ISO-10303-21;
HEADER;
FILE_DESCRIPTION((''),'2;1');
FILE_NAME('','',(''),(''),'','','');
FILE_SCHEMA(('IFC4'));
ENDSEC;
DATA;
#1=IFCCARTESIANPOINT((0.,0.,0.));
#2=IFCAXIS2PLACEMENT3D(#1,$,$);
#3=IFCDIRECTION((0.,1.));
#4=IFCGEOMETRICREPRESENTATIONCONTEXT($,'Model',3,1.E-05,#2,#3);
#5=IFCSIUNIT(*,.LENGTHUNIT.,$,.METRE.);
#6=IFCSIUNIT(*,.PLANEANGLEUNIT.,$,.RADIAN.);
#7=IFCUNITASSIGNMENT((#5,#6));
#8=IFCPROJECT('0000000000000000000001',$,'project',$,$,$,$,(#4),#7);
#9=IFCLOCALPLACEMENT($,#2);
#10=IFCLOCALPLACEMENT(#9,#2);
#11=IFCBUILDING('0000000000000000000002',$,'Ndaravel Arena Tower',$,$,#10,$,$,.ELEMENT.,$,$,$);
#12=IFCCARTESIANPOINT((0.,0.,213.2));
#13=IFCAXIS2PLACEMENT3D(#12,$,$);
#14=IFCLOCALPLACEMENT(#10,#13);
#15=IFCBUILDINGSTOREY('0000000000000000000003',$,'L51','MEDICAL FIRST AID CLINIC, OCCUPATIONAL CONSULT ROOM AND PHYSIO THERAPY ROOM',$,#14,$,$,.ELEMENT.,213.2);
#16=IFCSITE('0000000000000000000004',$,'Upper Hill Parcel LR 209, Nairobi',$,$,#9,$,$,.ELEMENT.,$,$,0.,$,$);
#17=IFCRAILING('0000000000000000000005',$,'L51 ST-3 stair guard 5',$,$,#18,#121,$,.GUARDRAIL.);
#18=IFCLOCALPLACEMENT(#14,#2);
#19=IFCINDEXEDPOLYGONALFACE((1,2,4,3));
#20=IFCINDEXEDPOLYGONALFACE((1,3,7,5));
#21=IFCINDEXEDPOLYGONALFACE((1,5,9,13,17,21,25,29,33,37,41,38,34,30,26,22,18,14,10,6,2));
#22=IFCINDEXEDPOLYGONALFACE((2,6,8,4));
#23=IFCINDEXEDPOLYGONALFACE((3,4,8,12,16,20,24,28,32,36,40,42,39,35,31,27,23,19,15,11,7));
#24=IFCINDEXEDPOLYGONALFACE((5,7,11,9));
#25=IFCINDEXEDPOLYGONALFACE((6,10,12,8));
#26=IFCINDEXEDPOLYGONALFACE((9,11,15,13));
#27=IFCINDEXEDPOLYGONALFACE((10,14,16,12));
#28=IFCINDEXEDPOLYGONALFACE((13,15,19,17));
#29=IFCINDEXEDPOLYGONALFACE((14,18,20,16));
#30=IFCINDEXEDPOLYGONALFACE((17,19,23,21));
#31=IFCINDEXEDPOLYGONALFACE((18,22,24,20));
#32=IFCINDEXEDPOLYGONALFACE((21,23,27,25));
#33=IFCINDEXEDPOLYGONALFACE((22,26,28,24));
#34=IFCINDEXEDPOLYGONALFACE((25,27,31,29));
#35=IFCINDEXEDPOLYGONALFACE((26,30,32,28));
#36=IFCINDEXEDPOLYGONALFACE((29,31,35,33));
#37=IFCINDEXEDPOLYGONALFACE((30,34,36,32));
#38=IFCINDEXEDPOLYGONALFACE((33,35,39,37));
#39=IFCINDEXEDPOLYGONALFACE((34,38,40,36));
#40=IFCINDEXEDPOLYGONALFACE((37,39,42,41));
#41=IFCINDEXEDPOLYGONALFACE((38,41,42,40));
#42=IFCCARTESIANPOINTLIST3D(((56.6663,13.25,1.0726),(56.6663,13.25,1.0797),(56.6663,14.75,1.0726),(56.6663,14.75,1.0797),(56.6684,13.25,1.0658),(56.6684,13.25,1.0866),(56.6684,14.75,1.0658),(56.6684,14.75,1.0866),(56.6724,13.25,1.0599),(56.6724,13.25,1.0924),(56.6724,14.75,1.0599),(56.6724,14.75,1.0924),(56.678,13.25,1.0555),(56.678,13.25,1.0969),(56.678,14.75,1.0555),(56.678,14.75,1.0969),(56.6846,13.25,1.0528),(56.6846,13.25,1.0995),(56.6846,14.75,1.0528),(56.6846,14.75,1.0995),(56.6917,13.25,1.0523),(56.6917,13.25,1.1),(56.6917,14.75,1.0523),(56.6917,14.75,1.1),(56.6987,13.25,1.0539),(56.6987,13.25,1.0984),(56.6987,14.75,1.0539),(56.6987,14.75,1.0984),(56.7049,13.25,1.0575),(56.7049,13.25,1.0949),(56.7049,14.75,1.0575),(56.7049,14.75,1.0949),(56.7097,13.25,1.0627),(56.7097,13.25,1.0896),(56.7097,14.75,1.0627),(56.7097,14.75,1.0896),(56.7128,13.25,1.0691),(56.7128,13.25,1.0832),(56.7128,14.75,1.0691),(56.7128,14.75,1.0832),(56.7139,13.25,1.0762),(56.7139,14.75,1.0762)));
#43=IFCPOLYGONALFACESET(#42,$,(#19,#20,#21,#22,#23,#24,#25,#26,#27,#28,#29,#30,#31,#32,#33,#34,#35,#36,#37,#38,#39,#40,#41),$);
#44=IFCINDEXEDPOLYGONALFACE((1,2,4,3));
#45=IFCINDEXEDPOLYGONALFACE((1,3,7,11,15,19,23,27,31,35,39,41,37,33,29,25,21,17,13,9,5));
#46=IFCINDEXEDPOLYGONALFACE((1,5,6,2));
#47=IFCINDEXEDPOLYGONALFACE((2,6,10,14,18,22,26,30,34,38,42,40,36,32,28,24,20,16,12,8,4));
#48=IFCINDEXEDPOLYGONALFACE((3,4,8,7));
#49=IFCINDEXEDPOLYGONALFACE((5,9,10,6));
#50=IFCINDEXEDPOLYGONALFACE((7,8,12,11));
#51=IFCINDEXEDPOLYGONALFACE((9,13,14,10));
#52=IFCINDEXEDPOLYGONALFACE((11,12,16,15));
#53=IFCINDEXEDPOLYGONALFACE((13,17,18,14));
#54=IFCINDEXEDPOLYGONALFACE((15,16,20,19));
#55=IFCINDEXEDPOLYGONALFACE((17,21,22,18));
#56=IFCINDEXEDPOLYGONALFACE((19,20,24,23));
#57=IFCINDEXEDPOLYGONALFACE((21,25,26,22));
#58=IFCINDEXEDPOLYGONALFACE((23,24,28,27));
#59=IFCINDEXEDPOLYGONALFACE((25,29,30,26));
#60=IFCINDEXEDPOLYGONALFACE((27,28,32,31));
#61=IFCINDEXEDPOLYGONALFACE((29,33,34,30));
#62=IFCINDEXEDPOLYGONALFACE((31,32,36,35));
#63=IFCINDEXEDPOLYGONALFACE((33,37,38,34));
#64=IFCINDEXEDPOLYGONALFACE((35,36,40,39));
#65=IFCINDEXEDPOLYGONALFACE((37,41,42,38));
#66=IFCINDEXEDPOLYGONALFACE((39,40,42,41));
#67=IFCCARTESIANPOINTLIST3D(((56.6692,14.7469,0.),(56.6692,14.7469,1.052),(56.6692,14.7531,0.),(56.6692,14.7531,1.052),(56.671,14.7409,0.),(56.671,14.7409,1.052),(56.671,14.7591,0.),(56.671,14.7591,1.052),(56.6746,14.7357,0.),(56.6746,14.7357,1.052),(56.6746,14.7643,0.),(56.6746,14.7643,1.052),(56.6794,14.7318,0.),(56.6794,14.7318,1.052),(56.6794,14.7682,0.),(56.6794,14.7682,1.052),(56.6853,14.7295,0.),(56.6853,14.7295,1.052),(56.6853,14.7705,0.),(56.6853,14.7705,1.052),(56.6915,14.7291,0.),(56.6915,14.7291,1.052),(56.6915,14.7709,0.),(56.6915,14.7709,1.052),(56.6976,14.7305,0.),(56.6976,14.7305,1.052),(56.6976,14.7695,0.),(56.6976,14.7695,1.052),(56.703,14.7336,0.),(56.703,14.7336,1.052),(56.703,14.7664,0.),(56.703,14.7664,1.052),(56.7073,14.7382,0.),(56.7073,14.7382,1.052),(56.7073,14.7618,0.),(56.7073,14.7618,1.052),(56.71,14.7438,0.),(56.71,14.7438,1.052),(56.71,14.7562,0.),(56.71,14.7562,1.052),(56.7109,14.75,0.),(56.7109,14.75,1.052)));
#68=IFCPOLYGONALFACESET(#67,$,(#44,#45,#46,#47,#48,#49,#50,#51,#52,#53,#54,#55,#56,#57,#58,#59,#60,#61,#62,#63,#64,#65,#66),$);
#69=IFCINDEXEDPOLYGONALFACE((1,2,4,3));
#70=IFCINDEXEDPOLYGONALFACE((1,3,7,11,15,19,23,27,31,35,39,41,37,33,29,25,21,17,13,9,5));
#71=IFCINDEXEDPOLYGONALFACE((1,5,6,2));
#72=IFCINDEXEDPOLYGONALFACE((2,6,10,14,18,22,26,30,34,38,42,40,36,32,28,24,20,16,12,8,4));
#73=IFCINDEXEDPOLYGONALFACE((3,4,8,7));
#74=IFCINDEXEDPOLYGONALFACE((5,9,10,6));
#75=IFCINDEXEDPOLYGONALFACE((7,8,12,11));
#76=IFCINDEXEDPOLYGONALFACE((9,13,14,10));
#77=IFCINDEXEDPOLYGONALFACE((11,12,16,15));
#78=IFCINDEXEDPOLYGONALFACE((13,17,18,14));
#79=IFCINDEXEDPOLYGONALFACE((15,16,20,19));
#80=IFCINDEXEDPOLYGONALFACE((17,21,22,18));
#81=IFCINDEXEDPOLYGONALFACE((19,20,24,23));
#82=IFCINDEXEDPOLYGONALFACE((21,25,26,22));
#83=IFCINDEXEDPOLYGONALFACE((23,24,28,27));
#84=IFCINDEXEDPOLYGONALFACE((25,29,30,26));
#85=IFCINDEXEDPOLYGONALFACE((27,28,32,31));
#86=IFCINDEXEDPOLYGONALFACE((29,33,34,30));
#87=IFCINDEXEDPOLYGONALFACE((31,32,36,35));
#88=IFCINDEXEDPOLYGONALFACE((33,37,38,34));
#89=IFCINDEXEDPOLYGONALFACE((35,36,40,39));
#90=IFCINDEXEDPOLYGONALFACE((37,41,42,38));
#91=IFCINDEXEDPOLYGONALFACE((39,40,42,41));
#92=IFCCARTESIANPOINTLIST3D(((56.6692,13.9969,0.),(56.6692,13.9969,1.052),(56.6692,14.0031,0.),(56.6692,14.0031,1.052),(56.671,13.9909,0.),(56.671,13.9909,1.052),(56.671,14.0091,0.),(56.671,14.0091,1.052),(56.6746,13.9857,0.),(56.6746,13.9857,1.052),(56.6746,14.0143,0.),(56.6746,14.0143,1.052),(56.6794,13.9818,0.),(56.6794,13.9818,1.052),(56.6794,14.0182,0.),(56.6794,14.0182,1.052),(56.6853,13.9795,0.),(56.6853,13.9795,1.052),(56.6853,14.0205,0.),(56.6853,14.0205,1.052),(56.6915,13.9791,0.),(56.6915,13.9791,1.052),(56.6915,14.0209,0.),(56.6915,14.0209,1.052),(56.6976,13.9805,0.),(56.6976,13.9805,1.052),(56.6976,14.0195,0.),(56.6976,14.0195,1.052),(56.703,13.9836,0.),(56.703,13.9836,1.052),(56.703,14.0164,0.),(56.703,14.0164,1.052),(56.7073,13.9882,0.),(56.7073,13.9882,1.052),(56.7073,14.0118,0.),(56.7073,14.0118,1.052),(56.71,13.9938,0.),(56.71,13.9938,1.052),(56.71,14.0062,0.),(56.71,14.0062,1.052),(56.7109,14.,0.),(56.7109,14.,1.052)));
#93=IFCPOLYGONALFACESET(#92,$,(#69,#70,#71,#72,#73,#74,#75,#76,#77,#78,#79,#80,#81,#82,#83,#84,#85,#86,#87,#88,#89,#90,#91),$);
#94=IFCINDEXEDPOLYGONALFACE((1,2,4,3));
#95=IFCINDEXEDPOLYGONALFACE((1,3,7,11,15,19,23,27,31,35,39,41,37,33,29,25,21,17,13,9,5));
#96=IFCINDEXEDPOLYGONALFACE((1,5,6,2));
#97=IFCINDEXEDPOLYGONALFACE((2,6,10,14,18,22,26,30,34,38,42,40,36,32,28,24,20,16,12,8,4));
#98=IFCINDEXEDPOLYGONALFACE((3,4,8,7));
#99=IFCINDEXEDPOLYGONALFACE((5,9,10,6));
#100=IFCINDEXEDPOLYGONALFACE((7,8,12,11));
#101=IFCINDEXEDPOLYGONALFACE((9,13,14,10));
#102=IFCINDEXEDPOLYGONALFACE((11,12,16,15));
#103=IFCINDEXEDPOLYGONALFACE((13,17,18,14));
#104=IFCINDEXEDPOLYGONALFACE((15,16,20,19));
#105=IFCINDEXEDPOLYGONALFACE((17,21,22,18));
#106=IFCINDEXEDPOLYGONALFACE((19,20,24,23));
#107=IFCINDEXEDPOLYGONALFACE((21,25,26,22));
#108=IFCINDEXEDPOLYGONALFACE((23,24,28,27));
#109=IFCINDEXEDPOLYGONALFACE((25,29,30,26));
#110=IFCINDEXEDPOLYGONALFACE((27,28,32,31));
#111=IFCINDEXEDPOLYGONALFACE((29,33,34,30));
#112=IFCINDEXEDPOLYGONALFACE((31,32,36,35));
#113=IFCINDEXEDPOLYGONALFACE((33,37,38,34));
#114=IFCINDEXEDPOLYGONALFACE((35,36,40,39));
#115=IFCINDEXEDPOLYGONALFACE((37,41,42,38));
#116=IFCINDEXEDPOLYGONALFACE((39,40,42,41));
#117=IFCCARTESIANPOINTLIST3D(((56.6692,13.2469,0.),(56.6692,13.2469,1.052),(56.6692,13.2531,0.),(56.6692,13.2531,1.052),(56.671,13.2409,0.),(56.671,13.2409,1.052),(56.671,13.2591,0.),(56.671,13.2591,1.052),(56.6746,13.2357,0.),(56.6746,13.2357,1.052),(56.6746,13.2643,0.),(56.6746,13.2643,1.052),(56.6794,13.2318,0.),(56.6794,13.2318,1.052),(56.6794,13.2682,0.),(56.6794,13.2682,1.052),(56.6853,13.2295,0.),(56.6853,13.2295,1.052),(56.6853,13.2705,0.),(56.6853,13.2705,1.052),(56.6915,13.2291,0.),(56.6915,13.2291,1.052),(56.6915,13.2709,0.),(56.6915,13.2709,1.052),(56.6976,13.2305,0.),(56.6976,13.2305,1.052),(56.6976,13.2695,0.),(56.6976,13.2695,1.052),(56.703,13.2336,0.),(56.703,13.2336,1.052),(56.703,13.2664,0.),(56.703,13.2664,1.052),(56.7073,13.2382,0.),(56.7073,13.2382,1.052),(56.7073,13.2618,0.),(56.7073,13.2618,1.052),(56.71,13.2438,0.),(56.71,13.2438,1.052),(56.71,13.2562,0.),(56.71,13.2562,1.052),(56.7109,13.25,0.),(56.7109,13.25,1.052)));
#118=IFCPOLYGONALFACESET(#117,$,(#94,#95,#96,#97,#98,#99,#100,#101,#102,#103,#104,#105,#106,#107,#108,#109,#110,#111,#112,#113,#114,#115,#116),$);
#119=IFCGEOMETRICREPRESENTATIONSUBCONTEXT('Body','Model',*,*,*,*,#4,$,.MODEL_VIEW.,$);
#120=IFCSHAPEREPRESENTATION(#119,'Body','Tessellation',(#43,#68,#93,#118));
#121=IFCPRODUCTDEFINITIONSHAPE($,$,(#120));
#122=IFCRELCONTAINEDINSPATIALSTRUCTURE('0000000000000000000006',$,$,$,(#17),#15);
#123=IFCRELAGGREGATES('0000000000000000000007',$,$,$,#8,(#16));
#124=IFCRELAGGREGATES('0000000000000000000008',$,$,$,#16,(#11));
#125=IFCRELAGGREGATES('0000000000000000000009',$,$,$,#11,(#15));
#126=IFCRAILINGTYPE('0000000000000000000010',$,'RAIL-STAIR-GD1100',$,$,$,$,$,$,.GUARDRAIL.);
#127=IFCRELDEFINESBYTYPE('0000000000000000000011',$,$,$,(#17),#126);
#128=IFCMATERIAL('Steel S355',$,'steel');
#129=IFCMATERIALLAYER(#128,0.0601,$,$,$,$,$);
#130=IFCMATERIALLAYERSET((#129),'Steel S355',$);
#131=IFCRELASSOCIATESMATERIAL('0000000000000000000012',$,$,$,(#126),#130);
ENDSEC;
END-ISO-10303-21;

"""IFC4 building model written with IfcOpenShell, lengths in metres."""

from ifc_helpers import new_model, si_unit, direction, frame, origin, origin_2d, place, context, subcontext, project, spatial, circle, extrude, material, layer, layer_set, type_object, element, save


model = new_model("IFC4")

# Units and contexts
model_context = context("Model", 3, precision=1e-05, world=origin(), true_north=direction((0.0, 1.0)))
body_context = subcontext(model_context, "Body", "Model", "MODEL_VIEW")
ifc_project = project(units=[si_unit("LENGTHUNIT", "METRE"), si_unit("PLANEANGLEUNIT", "RADIAN")], contexts=[model_context])

# Site, building, storey
site_placement = place(None, origin())
site = spatial("IfcSite", under=ifc_project, at=site_placement, Name="Upper Hill Parcel LR 209, Nairobi", CompositionType="ELEMENT", RefElevation=0.0)
building_placement = place(site_placement, origin())
building = spatial("IfcBuilding", under=site, at=building_placement, Name="Ndaravel Arena Tower", CompositionType="ELEMENT")
storey_placement = place(building_placement, frame((0.0, 0.0, 213.2)))
storey = spatial("IfcBuildingStorey", under=building, at=storey_placement, Name="L51", Description="MEDICAL FIRST AID CLINIC, OCCUPATIONAL CONSULT ROOM AND PHYSIO THERAPY ROOM", CompositionType="ELEMENT", Elevation=213.2)

# Railing
ifc_material_1 = material(Name="Steel S355", Category="steel")
ifc_layer_1 = layer(ifc_material_1, 0.0601)
ifc_layer_set_1 = layer_set([ifc_layer_1], Name="Steel S355")
railing_type = type_object("IfcRailingType", Name="RAIL-STAIR-GD1100", PredefinedType="GUARDRAIL", material=ifc_layer_set_1)
railing_1_placement = place(storey_placement, frame((56.6899, 14.75, 0.0)))
element("IfcRailing", 1, at=railing_1_placement, inside=storey, type_object=railing_type, Name="L51 ST-3 stair guard 5", PredefinedType="GUARDRAIL", context=body_context, shape_type="SweptSolid", body=[
    extrude(circle(Radius=0.0239, at=origin_2d()), frame((0.0, 0.0, 1.0762), z_axis=(0.0, -1.0, 0.0), x_axis=(1.0, 0.0, 0.0)), (0.0, 0.0, 1.0), 1.5),
    extrude(circle(Radius=0.021, at=origin_2d()), origin(), (0.0, 0.0, 1.0), 1.052),
    extrude(circle(Radius=0.021, at=origin_2d()), frame((0.0, -0.75, 0.0)), (0.0, 0.0, 1.0), 1.052),
    extrude(circle(Radius=0.021, at=origin_2d()), frame((0.0, -1.5, 0.0)), (0.0, 0.0, 1.0), 1.052),
])

save(model, "model.ifc")
